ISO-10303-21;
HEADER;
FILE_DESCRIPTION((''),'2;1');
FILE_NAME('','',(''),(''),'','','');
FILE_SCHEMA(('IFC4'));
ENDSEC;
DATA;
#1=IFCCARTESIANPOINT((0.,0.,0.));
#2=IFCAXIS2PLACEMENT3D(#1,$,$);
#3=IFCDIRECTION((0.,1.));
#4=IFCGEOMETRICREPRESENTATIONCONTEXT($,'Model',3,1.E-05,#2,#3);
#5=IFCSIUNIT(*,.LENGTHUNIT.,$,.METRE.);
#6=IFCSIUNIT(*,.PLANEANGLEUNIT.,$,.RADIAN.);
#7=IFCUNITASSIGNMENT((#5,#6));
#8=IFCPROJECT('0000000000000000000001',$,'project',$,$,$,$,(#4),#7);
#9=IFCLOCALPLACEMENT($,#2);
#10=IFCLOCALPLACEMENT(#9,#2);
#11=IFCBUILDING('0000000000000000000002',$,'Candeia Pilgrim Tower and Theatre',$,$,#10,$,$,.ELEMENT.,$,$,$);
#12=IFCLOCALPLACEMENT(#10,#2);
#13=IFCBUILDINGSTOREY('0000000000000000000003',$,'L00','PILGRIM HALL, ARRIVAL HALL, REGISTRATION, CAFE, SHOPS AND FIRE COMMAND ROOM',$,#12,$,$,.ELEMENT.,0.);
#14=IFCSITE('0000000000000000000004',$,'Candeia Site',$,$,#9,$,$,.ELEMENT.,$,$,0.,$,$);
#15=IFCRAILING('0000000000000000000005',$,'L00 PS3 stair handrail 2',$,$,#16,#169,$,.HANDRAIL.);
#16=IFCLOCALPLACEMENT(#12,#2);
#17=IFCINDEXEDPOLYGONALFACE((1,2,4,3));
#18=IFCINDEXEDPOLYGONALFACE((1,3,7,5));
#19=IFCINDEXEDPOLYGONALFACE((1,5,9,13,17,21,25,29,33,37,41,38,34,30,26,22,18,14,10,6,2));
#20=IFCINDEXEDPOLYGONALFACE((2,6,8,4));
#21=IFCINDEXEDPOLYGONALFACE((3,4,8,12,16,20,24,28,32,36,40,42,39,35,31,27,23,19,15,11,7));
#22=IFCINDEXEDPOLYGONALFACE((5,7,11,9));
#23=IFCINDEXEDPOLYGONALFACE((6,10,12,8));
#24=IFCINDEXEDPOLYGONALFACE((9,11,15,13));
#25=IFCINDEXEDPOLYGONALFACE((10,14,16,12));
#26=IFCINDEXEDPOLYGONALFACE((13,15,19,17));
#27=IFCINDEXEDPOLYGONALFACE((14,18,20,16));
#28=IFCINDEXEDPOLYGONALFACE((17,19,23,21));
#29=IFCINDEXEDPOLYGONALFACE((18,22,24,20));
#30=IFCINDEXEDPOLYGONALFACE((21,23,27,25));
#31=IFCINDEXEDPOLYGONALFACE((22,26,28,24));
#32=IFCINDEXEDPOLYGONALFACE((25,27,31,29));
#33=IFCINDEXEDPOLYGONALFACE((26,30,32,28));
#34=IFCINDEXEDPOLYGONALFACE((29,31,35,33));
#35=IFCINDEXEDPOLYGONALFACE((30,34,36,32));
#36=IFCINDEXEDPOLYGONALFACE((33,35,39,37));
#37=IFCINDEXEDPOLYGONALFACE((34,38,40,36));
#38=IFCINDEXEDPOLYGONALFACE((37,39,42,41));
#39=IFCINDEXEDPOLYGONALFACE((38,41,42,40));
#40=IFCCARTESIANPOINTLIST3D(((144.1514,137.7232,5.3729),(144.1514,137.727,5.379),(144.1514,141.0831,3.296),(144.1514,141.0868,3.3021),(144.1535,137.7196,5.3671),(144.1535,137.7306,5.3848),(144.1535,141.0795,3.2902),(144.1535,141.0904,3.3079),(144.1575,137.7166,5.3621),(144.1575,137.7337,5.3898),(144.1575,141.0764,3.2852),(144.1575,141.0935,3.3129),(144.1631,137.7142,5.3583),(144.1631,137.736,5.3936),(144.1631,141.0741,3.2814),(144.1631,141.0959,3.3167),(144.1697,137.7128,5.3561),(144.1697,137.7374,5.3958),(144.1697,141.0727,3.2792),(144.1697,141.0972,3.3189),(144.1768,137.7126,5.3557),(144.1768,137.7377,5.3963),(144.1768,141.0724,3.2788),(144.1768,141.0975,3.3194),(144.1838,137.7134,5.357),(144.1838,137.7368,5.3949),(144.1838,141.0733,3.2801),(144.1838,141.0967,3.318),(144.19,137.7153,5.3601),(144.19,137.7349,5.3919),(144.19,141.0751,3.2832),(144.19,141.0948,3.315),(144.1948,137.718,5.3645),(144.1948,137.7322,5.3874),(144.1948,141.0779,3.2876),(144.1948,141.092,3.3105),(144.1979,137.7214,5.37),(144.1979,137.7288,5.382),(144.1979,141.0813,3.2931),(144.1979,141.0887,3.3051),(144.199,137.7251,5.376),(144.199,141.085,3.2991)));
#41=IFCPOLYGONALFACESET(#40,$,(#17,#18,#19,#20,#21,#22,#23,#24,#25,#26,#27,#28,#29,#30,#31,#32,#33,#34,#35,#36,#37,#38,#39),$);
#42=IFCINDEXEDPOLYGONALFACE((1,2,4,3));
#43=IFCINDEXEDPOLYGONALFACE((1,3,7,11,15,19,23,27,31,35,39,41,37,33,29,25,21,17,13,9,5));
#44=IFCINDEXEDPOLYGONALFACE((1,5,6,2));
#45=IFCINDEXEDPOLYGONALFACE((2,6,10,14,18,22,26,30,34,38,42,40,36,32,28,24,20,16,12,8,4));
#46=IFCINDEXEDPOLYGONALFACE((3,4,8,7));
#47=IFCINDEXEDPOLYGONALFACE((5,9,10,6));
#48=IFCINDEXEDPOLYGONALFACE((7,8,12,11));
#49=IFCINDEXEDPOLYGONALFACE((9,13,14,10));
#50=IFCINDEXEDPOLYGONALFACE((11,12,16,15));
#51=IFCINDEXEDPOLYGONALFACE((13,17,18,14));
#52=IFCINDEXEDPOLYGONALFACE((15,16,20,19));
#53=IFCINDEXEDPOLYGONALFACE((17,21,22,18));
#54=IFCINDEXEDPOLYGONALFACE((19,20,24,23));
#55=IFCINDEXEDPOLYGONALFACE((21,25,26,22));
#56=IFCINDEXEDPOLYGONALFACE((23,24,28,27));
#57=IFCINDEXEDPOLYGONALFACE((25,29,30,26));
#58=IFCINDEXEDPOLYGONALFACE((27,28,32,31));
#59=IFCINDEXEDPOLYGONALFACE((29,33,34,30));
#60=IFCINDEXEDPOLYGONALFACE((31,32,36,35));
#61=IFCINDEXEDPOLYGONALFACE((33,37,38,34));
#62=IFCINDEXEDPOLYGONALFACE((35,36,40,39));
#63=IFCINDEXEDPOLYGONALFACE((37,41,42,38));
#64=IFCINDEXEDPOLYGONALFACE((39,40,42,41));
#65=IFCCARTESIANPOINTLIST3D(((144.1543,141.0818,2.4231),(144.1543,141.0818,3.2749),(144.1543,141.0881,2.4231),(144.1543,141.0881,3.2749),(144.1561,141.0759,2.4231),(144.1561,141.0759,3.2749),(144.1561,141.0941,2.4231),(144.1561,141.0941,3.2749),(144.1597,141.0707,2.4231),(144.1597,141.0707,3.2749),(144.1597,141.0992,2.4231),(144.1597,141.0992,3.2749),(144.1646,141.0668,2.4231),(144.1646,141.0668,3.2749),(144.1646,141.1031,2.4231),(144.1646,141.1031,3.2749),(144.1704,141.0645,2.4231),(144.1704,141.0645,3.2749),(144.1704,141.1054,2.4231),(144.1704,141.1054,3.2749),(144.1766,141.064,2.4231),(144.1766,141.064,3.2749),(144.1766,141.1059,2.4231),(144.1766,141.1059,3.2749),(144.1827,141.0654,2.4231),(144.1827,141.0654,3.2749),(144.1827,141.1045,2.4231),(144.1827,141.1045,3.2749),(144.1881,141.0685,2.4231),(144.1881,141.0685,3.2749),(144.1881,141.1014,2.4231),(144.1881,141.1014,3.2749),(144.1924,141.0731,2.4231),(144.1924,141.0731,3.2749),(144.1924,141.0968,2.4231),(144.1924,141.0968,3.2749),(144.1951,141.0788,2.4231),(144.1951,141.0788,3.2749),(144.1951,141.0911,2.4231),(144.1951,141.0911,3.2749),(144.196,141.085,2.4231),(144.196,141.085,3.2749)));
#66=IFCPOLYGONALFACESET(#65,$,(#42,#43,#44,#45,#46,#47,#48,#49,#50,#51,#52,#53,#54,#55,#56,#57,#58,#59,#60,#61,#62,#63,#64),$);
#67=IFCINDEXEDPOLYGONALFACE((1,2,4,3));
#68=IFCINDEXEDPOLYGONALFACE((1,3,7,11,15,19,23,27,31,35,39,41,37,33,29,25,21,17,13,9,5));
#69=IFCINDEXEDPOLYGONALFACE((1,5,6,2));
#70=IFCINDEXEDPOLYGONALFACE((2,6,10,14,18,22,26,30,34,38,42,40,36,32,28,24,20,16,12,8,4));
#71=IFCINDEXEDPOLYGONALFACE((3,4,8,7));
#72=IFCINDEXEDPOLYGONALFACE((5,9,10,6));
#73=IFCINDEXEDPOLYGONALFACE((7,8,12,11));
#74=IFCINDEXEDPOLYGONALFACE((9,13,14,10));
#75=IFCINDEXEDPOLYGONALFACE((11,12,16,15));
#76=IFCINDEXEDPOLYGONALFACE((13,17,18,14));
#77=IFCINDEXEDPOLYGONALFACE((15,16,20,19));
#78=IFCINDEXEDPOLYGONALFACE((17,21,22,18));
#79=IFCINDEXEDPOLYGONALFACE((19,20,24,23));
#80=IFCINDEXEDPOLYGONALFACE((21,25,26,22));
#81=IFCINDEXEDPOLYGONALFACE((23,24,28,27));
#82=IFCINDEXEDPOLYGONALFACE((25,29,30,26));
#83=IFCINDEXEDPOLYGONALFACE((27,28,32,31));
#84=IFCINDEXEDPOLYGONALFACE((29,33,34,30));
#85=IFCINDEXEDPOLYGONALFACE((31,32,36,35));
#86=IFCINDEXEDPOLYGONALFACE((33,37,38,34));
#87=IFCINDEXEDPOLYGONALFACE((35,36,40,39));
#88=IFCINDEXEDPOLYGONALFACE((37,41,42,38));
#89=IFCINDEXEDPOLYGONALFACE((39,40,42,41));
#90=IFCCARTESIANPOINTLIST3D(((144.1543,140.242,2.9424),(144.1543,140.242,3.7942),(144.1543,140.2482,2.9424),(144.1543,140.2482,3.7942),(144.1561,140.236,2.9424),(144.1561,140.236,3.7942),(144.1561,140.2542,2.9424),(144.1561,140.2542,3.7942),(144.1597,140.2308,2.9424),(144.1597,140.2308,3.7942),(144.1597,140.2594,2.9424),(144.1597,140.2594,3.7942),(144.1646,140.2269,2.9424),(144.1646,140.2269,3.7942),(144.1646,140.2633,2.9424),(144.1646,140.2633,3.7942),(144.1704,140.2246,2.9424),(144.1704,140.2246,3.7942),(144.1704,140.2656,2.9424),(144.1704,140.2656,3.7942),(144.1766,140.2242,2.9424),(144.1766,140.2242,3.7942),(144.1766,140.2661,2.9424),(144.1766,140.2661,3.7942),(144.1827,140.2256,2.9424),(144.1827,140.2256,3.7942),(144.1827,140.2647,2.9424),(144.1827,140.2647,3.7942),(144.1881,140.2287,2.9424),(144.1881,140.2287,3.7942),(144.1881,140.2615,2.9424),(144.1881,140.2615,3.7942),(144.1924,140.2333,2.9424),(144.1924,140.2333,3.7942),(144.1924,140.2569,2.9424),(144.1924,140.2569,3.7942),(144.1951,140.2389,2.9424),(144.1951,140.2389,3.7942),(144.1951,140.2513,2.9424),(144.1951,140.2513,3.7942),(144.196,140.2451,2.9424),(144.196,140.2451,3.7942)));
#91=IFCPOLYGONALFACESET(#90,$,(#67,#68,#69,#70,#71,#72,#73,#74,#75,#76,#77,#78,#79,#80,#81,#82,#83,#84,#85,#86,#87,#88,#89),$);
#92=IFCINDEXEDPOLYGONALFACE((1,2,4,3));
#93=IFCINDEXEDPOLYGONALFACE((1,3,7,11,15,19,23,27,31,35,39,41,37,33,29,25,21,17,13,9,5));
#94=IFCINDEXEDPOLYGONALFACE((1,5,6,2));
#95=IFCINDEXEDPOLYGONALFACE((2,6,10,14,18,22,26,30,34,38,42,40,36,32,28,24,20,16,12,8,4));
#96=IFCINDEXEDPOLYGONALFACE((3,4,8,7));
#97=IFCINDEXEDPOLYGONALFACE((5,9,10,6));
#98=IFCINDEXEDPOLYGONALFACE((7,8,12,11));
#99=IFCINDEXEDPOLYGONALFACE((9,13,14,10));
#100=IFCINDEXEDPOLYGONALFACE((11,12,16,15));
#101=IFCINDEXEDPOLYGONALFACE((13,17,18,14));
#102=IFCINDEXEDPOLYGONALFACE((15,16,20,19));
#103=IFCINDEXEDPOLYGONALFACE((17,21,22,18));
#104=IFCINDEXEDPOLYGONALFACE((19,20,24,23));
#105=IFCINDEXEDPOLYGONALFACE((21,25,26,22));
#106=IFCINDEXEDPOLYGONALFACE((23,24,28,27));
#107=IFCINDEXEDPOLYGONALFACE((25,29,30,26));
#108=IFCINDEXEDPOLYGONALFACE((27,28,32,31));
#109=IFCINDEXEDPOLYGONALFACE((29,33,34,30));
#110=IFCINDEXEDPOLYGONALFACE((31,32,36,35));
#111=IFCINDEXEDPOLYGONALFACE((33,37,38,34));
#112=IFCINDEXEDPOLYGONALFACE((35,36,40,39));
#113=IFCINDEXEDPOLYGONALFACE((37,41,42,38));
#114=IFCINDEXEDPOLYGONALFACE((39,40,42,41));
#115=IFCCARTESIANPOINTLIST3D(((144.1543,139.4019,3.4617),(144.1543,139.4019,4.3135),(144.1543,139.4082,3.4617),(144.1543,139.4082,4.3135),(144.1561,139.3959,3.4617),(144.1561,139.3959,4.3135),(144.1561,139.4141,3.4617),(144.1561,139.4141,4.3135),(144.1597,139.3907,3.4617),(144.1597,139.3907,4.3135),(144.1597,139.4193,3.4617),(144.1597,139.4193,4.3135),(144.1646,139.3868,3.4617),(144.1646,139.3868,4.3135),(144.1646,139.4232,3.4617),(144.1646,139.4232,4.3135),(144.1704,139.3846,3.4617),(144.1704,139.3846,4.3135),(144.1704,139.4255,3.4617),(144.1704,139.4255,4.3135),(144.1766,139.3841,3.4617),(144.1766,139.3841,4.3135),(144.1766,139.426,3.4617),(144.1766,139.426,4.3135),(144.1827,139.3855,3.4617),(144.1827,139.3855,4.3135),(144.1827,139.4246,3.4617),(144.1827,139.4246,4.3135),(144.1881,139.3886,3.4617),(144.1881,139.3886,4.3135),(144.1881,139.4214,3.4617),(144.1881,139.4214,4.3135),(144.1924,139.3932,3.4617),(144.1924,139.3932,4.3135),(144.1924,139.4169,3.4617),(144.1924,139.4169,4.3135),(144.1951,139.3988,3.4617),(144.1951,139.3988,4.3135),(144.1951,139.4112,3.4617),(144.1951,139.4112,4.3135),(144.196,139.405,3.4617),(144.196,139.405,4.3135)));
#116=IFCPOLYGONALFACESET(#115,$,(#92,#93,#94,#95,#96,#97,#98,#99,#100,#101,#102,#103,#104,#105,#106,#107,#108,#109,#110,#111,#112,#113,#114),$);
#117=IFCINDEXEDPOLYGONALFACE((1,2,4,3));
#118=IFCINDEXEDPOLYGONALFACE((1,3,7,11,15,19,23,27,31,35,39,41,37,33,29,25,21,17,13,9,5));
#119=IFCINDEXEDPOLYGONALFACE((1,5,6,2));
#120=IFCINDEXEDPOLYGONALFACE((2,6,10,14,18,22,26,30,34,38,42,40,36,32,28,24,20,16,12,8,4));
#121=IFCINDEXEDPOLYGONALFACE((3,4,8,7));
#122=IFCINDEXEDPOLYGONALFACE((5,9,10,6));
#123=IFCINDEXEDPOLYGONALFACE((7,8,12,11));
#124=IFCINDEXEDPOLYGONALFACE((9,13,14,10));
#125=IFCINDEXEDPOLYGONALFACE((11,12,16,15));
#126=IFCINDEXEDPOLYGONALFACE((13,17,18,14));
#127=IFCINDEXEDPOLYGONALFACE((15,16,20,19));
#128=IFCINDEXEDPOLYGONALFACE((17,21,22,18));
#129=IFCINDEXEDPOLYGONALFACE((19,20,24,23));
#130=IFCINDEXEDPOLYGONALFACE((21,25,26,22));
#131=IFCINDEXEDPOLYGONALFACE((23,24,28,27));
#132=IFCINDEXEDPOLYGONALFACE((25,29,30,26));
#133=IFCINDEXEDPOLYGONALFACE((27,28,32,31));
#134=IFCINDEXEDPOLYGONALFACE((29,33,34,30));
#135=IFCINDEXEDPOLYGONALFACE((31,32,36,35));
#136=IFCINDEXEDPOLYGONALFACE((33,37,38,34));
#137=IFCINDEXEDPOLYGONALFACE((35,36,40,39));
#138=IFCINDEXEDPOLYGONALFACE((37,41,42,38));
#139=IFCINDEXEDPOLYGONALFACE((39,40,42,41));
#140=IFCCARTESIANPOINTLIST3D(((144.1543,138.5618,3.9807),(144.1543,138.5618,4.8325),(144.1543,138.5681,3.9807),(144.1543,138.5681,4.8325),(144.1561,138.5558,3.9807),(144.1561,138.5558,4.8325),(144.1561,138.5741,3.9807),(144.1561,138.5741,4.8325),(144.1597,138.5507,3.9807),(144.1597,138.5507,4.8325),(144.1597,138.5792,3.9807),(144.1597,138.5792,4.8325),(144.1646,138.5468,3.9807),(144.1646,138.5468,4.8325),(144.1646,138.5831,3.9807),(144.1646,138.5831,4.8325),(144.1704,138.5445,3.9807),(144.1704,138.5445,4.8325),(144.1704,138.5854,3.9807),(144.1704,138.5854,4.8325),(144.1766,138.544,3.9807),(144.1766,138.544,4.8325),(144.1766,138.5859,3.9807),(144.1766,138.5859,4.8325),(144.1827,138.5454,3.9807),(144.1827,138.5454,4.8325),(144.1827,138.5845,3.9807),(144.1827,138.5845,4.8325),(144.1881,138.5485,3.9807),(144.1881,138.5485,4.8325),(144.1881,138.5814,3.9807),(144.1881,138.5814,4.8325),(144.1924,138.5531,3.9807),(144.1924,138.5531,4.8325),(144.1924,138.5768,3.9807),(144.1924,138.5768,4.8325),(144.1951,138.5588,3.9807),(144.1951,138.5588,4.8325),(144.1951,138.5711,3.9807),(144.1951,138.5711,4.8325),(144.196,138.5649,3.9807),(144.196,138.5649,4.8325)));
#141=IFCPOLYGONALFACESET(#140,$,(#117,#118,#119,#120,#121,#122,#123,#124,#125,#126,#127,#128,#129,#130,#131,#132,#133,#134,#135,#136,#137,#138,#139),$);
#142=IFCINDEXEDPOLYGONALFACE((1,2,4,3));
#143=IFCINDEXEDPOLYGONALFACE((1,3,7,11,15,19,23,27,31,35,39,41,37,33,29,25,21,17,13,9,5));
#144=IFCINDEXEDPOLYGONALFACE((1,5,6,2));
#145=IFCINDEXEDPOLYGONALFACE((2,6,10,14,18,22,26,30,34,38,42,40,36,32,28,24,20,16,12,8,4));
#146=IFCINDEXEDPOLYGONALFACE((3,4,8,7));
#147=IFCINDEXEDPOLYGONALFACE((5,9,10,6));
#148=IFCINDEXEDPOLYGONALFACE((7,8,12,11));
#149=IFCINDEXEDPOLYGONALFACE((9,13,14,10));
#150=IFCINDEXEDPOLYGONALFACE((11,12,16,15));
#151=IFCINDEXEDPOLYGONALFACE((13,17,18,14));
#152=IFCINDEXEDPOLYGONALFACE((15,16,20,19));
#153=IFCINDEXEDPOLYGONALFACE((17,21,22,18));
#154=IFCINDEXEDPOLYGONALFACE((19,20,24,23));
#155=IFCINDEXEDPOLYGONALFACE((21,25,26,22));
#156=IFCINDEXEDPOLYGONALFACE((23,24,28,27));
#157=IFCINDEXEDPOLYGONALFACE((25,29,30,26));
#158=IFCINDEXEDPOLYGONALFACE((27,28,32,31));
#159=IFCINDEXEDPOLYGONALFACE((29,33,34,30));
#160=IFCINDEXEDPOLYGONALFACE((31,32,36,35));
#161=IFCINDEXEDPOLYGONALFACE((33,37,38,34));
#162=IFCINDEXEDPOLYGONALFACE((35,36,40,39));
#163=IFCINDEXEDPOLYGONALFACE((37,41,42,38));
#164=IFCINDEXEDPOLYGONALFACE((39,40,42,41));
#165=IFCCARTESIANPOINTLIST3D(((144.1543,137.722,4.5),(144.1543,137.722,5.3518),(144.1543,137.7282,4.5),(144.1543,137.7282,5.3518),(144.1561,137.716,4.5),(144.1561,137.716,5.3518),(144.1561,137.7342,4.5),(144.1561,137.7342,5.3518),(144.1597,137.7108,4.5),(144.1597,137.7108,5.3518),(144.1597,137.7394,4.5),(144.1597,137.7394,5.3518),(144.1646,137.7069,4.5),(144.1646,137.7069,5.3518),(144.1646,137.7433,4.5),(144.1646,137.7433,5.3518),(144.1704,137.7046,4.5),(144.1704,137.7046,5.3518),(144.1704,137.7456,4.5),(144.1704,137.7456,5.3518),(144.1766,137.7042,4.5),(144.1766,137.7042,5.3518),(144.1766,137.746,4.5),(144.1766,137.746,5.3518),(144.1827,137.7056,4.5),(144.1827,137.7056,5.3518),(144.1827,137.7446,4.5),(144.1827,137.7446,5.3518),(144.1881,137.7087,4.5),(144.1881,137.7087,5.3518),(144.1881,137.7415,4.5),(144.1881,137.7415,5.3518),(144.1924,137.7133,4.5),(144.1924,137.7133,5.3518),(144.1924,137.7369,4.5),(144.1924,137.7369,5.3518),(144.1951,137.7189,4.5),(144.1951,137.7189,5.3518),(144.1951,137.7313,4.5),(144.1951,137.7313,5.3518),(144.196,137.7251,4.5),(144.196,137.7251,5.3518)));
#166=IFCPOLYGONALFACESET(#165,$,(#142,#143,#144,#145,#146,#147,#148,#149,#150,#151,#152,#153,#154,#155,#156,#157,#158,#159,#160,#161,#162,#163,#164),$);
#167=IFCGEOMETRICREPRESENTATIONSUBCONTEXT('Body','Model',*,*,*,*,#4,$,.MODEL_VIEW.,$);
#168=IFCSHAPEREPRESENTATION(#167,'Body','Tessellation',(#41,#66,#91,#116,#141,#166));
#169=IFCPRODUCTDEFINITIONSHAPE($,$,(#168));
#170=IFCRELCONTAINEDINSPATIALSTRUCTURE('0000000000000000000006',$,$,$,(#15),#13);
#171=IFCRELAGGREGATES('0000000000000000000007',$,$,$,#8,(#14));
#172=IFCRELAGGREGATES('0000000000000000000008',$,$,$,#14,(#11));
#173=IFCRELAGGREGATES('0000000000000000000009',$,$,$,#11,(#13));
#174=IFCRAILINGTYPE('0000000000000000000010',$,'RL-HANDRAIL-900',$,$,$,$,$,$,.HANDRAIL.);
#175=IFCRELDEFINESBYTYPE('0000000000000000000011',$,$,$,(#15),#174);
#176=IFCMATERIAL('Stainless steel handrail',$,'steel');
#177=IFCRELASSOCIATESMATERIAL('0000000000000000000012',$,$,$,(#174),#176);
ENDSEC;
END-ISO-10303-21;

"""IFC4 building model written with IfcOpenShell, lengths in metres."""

from ifc_helpers import new_model, si_unit, direction, frame, origin, origin_2d, place, context, subcontext, project, spatial, circle, extrude, material, type_object, element, save


model = new_model("IFC4")

# Units and contexts
model_context = context("Model", 3, precision=1e-05, world=origin(), true_north=direction((0.0, 1.0)))
body_context = subcontext(model_context, "Body", "Model", "MODEL_VIEW")
ifc_project = project(units=[si_unit("LENGTHUNIT", "METRE"), si_unit("PLANEANGLEUNIT", "RADIAN")], contexts=[model_context])

# Site, building, storey
site_placement = place(None, origin())
site = spatial("IfcSite", under=ifc_project, at=site_placement, Name="Candeia Site", CompositionType="ELEMENT", RefElevation=0.0)
building_placement = place(site_placement, origin())
building = spatial("IfcBuilding", under=site, at=building_placement, Name="Candeia Pilgrim Tower and Theatre", CompositionType="ELEMENT")
storey_placement = place(building_placement, origin())
storey = spatial("IfcBuildingStorey", under=building, at=storey_placement, Name="L00", Description="PILGRIM HALL, ARRIVAL HALL, REGISTRATION, CAFE, SHOPS AND FIRE COMMAND ROOM", CompositionType="ELEMENT", Elevation=0.0)

# Railing
ifc_material_1 = material(Name="Stainless steel handrail", Category="steel")
railing_type_1 = type_object("IfcRailingType", Name="RL-HANDRAIL-900", PredefinedType="HANDRAIL", material=ifc_material_1)
for number, where, name in (
    (1, (144.175, 141.085, 2.4231), "L00 PS3 stair handrail 2"),
):
    element("IfcRailing", number, at=place(storey_placement, frame(where)), inside=storey, type_object=railing_type_1, Name=name, PredefinedType="HANDRAIL", context=body_context, shape_type="SweptSolid", body=[
        extrude(circle(Radius=0.0239, at=origin_2d()), frame((0.0, 0.0, 0.876), z_axis=(0.0, -0.850606, 0.525803), x_axis=(1.0, 0.0, 0.0)), (0.0, 0.0, 1.0), 3.95),
        extrude(circle(Radius=0.021, at=origin_2d()), origin(), (0.0, 0.0, 1.0), 0.8518),
        extrude(circle(Radius=0.021, at=origin_2d()), frame((0.0, -0.8398, 0.5193)), (0.0, 0.0, 1.0), 0.8518),
        extrude(circle(Radius=0.021, at=origin_2d()), frame((0.0, -1.6799, 1.0386)), (0.0, 0.0, 1.0), 0.8518),
        extrude(circle(Radius=0.021, at=origin_2d()), frame((0.0, -2.52, 1.5576)), (0.0, 0.0, 1.0), 0.8518),
        extrude(circle(Radius=0.021, at=origin_2d()), frame((0.0, -3.3599, 2.0769)), (0.0, 0.0, 1.0), 0.8518),
    ])

save(model, "model.ifc")
